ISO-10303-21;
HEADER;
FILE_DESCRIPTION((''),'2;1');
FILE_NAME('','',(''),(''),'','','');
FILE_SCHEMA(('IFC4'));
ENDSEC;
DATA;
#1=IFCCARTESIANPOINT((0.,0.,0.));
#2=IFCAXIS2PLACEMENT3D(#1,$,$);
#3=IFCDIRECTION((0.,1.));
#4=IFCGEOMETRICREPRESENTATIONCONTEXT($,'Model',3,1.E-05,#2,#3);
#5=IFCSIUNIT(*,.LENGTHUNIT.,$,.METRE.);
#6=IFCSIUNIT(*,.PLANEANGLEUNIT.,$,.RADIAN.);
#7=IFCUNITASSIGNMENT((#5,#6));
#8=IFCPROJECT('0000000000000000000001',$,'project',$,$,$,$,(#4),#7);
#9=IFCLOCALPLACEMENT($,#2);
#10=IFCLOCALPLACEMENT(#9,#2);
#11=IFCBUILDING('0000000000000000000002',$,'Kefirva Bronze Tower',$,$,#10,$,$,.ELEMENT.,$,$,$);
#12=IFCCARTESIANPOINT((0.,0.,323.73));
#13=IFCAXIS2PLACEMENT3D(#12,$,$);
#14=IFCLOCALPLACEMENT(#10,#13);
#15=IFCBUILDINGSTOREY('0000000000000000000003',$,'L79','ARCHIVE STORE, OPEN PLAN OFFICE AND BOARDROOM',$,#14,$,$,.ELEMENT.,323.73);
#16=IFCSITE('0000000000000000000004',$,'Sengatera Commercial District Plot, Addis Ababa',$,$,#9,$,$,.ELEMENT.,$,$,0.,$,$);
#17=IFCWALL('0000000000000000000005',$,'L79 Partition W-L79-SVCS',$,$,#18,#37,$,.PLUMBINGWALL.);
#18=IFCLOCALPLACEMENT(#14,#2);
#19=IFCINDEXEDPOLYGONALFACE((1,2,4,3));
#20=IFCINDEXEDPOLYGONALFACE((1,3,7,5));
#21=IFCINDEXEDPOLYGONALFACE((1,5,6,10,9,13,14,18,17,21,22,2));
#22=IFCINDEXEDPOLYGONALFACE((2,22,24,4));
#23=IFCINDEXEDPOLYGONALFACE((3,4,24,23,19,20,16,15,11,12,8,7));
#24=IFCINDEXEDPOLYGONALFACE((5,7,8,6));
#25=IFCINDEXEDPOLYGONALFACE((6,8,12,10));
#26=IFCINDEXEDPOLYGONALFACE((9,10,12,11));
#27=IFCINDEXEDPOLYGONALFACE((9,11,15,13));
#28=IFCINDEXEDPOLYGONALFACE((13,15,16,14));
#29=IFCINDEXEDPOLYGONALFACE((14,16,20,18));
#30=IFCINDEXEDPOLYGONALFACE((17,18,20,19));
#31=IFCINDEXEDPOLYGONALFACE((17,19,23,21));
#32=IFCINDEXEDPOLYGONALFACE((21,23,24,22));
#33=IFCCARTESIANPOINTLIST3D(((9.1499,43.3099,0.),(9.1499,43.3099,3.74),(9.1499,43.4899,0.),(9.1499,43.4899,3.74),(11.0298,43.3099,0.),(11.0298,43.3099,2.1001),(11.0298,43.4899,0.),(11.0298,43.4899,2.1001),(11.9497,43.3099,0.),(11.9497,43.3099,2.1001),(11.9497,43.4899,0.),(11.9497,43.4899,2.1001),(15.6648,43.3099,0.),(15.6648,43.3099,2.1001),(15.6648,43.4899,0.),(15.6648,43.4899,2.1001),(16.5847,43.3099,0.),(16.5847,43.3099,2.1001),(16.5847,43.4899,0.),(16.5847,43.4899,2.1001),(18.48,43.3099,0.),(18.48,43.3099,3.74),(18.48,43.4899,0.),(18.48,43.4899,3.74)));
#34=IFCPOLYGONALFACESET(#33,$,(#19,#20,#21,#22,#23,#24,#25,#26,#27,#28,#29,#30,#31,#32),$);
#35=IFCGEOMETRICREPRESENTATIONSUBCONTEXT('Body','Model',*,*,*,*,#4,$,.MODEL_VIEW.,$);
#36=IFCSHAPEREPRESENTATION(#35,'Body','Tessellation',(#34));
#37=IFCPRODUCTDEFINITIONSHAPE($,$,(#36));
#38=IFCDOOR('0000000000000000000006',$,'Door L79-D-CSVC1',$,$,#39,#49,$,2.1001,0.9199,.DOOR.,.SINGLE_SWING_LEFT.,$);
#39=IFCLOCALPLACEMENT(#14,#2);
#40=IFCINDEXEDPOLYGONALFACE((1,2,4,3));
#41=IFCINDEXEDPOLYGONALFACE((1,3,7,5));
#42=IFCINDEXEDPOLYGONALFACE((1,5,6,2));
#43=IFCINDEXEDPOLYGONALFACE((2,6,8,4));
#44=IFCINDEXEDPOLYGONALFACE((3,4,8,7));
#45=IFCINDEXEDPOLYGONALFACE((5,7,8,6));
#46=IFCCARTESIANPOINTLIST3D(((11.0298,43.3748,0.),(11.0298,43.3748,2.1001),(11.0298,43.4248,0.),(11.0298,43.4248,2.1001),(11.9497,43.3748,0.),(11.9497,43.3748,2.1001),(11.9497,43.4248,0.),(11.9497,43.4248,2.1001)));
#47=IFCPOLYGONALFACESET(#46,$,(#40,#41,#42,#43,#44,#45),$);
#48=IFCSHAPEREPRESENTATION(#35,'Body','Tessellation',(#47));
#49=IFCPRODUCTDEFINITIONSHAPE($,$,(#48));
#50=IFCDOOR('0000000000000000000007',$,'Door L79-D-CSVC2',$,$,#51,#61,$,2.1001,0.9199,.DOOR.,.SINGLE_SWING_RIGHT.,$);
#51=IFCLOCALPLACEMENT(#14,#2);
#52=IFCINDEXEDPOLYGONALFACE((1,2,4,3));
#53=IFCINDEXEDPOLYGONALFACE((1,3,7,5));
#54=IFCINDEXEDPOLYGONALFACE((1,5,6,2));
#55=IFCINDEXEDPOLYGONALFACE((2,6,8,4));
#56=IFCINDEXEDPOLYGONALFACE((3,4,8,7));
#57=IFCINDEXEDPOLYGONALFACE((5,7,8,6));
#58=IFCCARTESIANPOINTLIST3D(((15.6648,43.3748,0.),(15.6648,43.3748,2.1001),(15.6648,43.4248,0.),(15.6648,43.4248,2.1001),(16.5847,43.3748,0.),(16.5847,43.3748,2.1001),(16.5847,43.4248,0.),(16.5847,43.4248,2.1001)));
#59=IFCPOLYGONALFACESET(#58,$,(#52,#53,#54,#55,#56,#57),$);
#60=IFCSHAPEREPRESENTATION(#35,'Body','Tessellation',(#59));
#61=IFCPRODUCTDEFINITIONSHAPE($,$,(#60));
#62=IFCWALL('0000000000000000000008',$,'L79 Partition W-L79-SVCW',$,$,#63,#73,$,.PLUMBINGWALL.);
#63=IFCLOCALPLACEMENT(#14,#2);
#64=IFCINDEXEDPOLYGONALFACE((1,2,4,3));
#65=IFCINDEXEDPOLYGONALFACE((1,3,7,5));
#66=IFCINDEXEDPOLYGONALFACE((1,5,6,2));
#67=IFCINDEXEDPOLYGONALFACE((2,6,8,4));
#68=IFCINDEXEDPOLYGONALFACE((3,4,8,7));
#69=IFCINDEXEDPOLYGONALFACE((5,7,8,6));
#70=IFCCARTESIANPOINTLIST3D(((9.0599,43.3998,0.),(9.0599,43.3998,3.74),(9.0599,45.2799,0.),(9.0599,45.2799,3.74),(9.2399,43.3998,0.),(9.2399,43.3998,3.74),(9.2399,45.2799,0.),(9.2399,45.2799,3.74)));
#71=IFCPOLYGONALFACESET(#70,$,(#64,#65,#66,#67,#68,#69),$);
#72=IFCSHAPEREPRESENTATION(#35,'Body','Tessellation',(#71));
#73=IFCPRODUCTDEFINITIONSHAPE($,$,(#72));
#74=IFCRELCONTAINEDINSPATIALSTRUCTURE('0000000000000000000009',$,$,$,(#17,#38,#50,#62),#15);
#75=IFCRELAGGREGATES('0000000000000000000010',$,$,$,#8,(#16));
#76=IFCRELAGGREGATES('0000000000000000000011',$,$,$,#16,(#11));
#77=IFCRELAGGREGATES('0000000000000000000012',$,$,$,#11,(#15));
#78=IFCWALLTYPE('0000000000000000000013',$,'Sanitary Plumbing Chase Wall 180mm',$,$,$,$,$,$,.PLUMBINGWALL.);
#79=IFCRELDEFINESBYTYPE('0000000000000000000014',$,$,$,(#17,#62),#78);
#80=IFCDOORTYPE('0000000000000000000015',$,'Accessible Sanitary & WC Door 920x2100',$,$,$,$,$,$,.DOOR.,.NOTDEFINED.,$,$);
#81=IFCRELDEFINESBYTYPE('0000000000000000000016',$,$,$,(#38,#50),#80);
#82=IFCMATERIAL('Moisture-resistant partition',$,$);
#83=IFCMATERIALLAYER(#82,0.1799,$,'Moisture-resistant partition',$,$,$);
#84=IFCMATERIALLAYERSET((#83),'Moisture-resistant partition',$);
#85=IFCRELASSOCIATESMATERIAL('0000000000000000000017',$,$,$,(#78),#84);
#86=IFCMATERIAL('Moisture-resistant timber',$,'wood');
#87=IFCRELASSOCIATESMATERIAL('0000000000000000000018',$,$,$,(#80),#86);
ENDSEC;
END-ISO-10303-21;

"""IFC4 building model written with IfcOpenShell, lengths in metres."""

from ifc_helpers import new_model, si_unit, direction, frame, frame_2d, origin, place, context, subcontext, project, spatial, rectangle, extrude, material, layer, layer_set, type_object, element, fill, save


model = new_model("IFC4")

# Units and contexts
model_context = context("Model", 3, precision=1e-05, world=origin(), true_north=direction((0.0, 1.0)))
body_context = subcontext(model_context, "Body", "Model", "MODEL_VIEW")
ifc_project = project(units=[si_unit("LENGTHUNIT", "METRE"), si_unit("PLANEANGLEUNIT", "RADIAN")], contexts=[model_context])

# Site, building, storey
site_placement = place(None, origin())
site = spatial("IfcSite", under=ifc_project, at=site_placement, Name="Sengatera Commercial District Plot, Addis Ababa", CompositionType="ELEMENT", RefElevation=0.0)
building_placement = place(site_placement, origin())
building = spatial("IfcBuilding", under=site, at=building_placement, Name="Kefirva Bronze Tower", CompositionType="ELEMENT")
storey_placement = place(building_placement, frame((0.0, 0.0, 323.73)))
storey = spatial("IfcBuildingStorey", under=building, at=storey_placement, Name="L79", Description="ARCHIVE STORE, OPEN PLAN OFFICE AND BOARDROOM", CompositionType="ELEMENT", Elevation=323.73)

# Wall, openings, doors
ifc_material_1 = material(Name="Moisture-resistant partition")
ifc_layer_1 = layer(ifc_material_1, 0.1799, Name="Moisture-resistant partition")
ifc_layer_set_1 = layer_set([ifc_layer_1], Name="Moisture-resistant partition")
wall_type_1 = type_object("IfcWallType", Name="Sanitary Plumbing Chase Wall 180mm", PredefinedType="PLUMBINGWALL", material=ifc_layer_set_1)
wall_1_placement = place(storey_placement, frame((9.1499, 43.3999, 0.0), z_axis=(0.0, 0.0, 1.0), x_axis=(1.0, 0.0, 0.0)))
wall_1 = element("IfcWall", 1, at=wall_1_placement, inside=storey, type_object=wall_type_1, Name="L79 Partition W-L79-SVCS", PredefinedType="PLUMBINGWALL", context=body_context, shape_type="SweptSolid", body=[
    extrude(rectangle(XDim=9.3301, YDim=0.1799, at=frame_2d((4.665, 0.0))), origin(), (0.0, 0.0, 1.0), 3.74),
])
opening_1_placement = place(wall_1_placement, frame((1.8799, 0.0, 0.0)))
opening_1 = element("IfcOpeningElement", 2, at=opening_1_placement, cuts=wall_1, PredefinedType="OPENING", context=body_context, shape_type="SweptSolid", body=[
    extrude(rectangle(XDim=0.9199, YDim=2.1001, at=frame_2d((0.46, 1.05))), frame((0.0, 0.1001, 0.0), z_axis=(0.0, -1.0, 0.0), x_axis=(1.0, 0.0, 0.0)), (0.0, 0.0, 1.0), 0.2),
])
opening_2_placement = place(wall_1_placement, frame((6.5149, 0.0, 0.0)))
opening_2 = element("IfcOpeningElement", 3, at=opening_2_placement, cuts=wall_1, PredefinedType="OPENING", context=body_context, shape_type="SweptSolid", body=[
    extrude(rectangle(XDim=0.9199, YDim=2.1001, at=frame_2d((0.46, 1.05))), frame((0.0, 0.1001, 0.0), z_axis=(0.0, -1.0, 0.0), x_axis=(1.0, 0.0, 0.0)), (0.0, 0.0, 1.0), 0.2),
])
ifc_material_2 = material(Name="Moisture-resistant timber", Category="wood")
door_type_1 = type_object("IfcDoorType", Name="Accessible Sanitary & WC Door 920x2100", OperationType="NOTDEFINED", PredefinedType="DOOR", material=ifc_material_2)
door_1_placement = place(opening_1_placement, origin())
door_1 = element("IfcDoor", 4, at=door_1_placement, inside=storey, type_object=door_type_1, Name="Door L79-D-CSVC1", OperationType="SINGLE_SWING_LEFT", OverallHeight=2.1001, OverallWidth=0.9199, PredefinedType="DOOR", context=body_context, shape_type="SweptSolid", body=[
    extrude(rectangle(XDim=0.9199, YDim=2.1001, at=frame_2d((0.46, 1.05))), frame((0.0, 0.0249, 0.0), z_axis=(0.0, -1.0, 0.0), x_axis=(1.0, 0.0, 0.0)), (0.0, 0.0, 1.0), 0.05),
])
fill(opening_1, door_1)
door_2_placement = place(opening_2_placement, origin())
door_2 = element("IfcDoor", 5, at=door_2_placement, inside=storey, type_object=door_type_1, Name="Door L79-D-CSVC2", OperationType="SINGLE_SWING_RIGHT", OverallHeight=2.1001, OverallWidth=0.9199, PredefinedType="DOOR", context=body_context, shape_type="SweptSolid", body=[
    extrude(rectangle(XDim=0.9199, YDim=2.1001, at=frame_2d((0.46, 1.05))), frame((0.0, 0.0249, 0.0), z_axis=(0.0, -1.0, 0.0), x_axis=(1.0, 0.0, 0.0)), (0.0, 0.0, 1.0), 0.05),
])
fill(opening_2, door_2)

# Wall
wall_2_placement = place(storey_placement, frame((9.1499, 43.3999, 0.0), z_axis=(0.0, 0.0, 1.0), x_axis=(0.0, 1.0, 0.0)))
element("IfcWall", 6, at=wall_2_placement, inside=storey, type_object=wall_type_1, Name="L79 Partition W-L79-SVCW", PredefinedType="PLUMBINGWALL", context=body_context, shape_type="SweptSolid", body=[
    extrude(rectangle(XDim=1.8801, YDim=0.1799, at=frame_2d((0.9399, 0.0))), origin(), (0.0, 0.0, 1.0), 3.74),
])

save(model, "model.ifc")
